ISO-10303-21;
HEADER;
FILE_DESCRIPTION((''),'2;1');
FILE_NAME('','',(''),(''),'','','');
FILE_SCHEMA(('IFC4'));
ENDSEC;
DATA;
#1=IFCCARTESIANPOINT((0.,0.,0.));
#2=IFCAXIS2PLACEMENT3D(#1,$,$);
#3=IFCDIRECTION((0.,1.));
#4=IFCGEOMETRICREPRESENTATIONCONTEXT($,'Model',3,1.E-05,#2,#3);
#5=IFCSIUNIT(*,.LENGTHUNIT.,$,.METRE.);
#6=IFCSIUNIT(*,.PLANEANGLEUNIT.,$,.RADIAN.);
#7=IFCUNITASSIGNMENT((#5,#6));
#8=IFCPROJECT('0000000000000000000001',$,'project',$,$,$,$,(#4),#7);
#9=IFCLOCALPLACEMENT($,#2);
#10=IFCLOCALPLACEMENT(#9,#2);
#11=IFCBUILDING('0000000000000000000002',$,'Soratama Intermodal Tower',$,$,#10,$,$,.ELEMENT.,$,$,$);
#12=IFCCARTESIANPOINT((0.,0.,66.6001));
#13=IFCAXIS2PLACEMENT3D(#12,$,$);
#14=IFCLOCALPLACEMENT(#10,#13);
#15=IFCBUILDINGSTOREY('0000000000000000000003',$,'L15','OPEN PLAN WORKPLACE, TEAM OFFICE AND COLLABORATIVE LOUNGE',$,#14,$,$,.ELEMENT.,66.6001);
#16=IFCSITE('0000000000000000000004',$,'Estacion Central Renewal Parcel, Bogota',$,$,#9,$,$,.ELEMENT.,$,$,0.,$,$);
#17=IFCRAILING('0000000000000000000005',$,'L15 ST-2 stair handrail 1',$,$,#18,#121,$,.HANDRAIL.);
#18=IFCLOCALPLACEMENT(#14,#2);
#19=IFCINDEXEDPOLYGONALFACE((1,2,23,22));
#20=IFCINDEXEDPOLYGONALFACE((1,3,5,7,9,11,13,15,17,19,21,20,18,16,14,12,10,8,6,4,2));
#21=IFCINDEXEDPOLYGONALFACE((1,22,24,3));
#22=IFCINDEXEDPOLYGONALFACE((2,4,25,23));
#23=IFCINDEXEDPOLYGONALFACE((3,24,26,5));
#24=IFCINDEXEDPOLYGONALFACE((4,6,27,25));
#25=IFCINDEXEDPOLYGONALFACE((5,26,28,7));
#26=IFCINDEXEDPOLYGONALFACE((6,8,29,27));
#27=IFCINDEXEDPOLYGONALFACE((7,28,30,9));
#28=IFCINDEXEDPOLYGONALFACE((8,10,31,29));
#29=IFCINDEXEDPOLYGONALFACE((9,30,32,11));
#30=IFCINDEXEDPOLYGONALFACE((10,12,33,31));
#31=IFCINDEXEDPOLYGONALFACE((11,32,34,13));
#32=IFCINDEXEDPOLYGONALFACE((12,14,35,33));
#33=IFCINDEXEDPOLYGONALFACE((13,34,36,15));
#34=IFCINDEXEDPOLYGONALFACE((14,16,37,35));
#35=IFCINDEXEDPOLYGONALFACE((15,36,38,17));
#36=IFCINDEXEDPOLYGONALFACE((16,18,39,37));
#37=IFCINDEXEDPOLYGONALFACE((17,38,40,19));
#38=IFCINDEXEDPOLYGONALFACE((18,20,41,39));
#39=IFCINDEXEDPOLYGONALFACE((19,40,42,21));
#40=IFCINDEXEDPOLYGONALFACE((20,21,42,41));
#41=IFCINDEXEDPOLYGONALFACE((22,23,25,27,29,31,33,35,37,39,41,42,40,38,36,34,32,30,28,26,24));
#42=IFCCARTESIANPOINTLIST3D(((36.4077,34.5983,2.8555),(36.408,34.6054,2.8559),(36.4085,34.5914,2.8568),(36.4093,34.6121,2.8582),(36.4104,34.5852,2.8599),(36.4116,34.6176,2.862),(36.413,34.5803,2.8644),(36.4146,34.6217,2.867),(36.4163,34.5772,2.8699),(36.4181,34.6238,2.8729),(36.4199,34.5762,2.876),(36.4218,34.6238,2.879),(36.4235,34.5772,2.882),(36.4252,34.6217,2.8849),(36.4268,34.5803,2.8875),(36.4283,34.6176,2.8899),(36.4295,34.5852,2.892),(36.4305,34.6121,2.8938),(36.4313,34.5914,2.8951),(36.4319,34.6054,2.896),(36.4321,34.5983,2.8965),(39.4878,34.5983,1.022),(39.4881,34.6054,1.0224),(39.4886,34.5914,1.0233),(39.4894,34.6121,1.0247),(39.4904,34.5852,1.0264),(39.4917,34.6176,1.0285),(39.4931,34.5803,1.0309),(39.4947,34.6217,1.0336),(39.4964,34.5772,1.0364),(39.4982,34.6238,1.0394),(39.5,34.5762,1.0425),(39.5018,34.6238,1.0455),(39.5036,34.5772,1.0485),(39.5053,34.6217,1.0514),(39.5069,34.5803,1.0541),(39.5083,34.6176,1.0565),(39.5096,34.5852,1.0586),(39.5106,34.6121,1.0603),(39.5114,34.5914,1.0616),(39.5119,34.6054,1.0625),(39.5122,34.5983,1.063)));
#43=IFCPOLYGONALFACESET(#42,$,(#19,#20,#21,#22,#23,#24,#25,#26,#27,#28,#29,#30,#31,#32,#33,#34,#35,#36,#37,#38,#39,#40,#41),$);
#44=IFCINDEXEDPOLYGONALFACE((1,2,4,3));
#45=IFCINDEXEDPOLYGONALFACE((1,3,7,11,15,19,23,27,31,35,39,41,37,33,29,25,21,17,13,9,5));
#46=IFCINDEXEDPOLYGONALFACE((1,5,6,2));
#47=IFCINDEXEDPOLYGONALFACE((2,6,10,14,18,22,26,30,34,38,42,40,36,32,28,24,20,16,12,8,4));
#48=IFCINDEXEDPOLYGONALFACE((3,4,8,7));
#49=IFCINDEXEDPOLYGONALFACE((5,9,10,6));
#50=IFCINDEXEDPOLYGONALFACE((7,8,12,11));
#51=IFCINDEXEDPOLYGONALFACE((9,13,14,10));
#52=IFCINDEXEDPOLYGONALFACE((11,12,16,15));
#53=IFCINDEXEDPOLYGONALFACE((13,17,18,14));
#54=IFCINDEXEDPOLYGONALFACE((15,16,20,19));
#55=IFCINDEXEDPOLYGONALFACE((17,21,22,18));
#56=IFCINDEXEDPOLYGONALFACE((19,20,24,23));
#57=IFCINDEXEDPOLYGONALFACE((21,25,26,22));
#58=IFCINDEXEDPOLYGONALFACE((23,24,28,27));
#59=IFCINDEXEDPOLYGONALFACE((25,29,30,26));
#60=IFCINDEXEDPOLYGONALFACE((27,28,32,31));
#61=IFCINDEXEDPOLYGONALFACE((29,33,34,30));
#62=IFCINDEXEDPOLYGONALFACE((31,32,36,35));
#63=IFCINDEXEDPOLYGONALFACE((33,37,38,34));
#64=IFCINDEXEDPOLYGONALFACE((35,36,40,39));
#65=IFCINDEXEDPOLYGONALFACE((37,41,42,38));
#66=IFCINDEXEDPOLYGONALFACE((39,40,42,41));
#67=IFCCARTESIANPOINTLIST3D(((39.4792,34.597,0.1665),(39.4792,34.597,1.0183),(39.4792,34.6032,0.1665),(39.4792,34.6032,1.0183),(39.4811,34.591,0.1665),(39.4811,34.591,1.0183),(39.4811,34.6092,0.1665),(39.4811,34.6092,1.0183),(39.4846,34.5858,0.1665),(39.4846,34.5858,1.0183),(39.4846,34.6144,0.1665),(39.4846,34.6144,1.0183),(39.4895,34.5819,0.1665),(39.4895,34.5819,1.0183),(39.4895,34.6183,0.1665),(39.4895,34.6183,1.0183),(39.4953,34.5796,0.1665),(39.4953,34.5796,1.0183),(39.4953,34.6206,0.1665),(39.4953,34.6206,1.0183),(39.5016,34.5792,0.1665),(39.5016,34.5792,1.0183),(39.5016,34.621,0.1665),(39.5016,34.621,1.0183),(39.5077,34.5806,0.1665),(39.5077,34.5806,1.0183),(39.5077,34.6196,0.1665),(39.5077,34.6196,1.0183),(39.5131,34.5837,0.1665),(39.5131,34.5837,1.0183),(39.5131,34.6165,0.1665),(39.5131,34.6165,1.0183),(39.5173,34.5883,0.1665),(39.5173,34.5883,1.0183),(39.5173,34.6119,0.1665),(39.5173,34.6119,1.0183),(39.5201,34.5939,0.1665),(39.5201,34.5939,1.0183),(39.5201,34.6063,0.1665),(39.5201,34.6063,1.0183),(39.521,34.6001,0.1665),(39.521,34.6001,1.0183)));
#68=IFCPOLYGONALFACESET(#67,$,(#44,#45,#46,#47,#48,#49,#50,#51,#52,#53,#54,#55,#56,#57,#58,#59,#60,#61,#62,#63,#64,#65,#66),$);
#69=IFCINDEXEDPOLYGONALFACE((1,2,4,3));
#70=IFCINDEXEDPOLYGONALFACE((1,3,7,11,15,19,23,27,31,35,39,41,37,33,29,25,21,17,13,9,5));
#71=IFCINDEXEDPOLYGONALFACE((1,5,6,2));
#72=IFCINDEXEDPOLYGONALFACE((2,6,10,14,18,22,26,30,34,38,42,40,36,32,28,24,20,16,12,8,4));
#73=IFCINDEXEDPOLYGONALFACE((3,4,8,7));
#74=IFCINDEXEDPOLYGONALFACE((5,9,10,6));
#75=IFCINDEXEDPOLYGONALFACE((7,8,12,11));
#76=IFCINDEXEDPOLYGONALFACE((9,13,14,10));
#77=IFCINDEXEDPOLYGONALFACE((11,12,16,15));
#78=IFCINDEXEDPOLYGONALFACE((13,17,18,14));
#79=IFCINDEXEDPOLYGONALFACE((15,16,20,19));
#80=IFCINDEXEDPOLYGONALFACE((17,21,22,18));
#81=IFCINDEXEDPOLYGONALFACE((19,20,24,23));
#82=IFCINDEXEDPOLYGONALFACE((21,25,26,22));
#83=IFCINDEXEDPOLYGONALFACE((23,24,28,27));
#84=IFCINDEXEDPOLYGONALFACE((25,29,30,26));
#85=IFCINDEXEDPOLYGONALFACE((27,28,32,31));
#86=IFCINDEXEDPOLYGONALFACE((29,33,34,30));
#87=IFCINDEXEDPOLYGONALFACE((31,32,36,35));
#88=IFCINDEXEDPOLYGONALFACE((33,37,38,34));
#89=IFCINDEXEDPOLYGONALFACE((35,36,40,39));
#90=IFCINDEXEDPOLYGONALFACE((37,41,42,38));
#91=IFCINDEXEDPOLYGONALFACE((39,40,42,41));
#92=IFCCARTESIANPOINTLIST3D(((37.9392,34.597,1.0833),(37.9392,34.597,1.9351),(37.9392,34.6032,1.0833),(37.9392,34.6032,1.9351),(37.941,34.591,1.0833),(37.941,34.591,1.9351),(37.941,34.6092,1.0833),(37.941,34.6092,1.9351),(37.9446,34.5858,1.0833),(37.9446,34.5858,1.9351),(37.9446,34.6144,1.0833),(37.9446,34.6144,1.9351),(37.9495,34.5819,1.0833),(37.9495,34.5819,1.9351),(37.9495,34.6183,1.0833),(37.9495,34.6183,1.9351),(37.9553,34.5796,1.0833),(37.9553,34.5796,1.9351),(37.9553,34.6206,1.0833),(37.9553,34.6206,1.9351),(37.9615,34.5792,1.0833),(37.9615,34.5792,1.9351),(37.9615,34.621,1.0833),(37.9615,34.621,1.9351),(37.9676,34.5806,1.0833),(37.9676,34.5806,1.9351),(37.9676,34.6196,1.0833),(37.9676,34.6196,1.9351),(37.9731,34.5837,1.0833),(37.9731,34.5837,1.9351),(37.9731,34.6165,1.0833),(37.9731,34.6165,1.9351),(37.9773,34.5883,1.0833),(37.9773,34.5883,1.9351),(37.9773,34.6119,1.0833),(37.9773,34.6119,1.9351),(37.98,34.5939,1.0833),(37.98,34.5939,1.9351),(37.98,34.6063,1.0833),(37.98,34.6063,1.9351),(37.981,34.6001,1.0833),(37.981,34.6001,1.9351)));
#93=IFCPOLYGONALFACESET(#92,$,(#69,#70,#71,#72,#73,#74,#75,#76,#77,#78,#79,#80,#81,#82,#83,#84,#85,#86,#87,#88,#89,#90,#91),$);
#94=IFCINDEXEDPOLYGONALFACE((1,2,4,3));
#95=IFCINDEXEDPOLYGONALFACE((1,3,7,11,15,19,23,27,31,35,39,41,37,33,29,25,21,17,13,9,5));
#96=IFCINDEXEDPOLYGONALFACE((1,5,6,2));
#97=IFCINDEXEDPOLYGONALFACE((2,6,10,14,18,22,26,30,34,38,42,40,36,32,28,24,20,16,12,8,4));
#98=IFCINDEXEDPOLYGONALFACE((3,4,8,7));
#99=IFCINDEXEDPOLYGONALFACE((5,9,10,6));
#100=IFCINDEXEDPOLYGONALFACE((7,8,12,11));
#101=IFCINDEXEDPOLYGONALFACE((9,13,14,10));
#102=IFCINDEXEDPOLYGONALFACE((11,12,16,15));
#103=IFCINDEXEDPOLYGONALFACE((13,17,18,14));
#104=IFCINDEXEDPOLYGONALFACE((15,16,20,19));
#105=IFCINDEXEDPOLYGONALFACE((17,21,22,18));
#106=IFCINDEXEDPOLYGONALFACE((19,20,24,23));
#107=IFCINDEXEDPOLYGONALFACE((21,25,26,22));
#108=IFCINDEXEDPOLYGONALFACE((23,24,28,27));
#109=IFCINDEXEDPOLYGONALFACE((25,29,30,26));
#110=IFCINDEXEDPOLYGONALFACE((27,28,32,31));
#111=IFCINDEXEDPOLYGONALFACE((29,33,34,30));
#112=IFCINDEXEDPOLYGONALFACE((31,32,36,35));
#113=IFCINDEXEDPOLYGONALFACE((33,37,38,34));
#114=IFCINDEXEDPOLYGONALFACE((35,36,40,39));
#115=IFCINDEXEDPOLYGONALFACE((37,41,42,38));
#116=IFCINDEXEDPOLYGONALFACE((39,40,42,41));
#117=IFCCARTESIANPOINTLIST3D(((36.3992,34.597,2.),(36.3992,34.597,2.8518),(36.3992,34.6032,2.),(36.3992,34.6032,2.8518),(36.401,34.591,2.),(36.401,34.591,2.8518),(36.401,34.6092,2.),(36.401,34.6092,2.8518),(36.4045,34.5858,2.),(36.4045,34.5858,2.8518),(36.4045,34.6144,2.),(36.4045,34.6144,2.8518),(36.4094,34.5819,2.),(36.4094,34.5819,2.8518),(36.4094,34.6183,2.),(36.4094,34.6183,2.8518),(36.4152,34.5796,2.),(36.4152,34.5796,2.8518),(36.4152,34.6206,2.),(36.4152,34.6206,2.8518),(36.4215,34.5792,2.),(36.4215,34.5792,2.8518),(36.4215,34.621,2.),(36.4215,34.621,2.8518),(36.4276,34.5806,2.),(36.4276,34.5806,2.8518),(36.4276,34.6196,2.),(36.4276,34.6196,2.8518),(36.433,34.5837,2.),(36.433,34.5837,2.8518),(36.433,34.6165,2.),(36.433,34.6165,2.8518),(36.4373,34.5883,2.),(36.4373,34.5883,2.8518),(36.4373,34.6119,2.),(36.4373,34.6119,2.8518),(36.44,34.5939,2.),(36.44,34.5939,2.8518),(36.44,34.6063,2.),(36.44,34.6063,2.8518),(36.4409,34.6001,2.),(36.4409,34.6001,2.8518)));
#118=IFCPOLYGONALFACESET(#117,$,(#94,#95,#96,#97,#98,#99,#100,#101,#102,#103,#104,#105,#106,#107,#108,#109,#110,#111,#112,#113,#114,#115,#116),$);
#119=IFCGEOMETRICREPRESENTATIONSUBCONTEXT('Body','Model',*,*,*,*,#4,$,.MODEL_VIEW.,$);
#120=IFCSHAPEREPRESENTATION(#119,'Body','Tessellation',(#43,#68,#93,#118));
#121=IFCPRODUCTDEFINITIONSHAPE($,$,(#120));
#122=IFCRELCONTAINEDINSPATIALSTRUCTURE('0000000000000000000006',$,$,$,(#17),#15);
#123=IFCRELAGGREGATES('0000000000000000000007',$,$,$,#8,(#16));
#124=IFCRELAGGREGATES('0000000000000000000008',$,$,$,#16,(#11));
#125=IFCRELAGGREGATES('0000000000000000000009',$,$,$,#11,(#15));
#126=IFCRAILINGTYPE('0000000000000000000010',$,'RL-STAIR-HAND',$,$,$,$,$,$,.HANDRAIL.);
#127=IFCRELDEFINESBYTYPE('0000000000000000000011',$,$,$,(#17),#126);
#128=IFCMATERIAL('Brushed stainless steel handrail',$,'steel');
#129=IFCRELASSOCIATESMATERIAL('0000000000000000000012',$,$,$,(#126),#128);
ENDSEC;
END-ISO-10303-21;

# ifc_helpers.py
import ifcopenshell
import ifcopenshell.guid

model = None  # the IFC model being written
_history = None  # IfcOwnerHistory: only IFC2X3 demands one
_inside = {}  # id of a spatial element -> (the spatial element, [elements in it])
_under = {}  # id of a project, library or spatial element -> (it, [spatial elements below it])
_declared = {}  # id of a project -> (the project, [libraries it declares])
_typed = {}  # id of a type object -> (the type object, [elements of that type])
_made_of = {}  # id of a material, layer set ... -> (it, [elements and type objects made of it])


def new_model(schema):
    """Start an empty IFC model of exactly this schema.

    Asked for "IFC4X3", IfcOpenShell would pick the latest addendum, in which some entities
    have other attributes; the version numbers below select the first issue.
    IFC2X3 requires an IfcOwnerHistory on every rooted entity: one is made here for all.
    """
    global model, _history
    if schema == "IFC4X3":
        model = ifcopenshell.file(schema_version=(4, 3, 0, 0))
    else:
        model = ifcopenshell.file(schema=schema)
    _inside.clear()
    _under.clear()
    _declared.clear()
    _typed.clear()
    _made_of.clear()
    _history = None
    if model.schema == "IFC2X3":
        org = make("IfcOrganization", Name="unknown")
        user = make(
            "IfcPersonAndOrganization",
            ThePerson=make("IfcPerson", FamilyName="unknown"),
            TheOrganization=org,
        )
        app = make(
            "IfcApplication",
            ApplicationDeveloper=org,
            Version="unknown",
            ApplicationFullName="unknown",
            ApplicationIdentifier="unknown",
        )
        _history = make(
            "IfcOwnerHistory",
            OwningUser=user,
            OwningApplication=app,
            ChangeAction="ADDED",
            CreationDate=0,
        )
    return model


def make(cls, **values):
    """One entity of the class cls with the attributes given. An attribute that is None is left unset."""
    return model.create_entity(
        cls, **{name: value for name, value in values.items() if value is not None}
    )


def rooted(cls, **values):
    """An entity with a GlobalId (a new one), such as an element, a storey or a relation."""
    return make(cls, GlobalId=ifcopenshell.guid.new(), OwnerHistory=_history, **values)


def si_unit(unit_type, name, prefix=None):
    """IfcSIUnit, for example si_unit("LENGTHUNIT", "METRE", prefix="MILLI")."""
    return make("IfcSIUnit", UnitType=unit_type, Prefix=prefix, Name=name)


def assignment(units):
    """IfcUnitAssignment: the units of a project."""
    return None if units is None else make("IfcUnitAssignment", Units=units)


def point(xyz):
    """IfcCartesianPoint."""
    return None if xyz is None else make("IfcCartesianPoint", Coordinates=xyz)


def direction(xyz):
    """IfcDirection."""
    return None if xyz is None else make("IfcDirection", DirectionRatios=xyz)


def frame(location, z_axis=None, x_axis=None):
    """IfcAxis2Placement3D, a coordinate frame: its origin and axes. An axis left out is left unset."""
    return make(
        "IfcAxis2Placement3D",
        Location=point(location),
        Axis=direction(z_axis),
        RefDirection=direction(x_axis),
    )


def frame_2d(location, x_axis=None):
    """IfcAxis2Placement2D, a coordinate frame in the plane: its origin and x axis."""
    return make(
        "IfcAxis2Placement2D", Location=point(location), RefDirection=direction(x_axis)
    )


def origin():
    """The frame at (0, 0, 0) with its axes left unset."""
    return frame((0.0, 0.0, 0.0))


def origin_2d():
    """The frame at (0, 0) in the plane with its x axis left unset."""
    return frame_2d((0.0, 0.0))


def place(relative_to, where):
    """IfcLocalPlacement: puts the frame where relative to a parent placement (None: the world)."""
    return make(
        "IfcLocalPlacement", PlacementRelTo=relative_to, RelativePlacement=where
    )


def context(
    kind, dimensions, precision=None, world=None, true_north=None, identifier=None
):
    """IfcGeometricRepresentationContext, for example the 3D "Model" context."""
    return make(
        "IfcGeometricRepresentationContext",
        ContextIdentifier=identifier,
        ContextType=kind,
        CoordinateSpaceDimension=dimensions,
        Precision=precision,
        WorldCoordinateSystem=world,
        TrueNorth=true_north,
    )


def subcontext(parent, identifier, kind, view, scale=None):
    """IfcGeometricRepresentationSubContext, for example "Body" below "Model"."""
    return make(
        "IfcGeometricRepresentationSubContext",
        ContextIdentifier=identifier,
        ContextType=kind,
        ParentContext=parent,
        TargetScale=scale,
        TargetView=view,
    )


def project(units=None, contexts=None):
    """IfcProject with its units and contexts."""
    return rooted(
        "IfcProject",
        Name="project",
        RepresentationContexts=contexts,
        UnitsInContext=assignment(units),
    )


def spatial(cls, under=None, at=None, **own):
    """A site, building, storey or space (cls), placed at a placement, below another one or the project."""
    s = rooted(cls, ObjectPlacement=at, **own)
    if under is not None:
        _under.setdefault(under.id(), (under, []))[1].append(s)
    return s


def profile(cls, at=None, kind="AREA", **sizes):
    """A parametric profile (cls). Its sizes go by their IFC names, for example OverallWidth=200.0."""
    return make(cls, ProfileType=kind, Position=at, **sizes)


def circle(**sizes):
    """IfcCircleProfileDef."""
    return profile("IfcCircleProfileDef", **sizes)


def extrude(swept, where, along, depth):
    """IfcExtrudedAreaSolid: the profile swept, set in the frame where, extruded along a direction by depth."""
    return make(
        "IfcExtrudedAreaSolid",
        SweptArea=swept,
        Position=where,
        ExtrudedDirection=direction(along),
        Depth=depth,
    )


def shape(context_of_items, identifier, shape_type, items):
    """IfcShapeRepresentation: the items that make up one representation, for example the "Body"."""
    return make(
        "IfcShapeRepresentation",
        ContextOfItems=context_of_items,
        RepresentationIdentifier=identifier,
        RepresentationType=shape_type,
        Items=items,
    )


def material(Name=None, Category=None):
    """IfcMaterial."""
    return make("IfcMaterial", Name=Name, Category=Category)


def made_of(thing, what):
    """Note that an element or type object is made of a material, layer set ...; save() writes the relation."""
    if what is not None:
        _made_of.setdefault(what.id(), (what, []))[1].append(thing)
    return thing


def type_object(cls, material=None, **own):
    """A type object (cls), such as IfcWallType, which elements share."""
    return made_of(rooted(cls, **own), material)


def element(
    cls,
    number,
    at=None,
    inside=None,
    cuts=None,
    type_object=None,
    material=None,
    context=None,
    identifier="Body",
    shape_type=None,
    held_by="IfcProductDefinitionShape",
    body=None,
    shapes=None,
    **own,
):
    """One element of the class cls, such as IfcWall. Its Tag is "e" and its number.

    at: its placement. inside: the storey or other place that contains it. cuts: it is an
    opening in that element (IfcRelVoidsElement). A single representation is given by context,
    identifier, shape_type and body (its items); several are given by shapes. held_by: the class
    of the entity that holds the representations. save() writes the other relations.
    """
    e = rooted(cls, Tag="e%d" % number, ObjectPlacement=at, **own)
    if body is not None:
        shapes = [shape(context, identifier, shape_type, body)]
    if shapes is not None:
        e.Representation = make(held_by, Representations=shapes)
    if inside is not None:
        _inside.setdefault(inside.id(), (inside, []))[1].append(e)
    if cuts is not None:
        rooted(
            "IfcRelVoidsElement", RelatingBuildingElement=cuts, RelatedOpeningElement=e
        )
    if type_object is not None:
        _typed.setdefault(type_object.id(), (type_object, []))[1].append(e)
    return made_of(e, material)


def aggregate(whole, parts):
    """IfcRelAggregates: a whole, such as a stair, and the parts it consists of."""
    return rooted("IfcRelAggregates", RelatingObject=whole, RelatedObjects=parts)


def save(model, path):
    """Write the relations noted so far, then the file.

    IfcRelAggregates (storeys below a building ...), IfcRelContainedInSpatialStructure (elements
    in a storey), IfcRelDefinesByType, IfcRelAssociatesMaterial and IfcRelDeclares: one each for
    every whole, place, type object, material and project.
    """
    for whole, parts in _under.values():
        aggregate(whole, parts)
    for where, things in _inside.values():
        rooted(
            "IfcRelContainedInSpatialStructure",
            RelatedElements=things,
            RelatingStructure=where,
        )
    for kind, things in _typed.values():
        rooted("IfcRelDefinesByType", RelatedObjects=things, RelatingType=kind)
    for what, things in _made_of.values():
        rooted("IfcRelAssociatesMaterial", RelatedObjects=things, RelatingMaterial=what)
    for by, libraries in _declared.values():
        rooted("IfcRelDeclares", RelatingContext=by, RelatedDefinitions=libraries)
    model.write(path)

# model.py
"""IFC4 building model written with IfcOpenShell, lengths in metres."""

from ifc_helpers import new_model, si_unit, direction, frame, origin, origin_2d, place, context, subcontext, project, spatial, circle, extrude, material, type_object, element, save


model = new_model("IFC4")

# Units and contexts
model_context = context("Model", 3, precision=1e-05, world=origin(), true_north=direction((0.0, 1.0)))
body_context = subcontext(model_context, "Body", "Model", "MODEL_VIEW")
ifc_project = project(units=[si_unit("LENGTHUNIT", "METRE"), si_unit("PLANEANGLEUNIT", "RADIAN")], contexts=[model_context])

# Site, building, storey
site_placement = place(None, origin())
site = spatial("IfcSite", under=ifc_project, at=site_placement, Name="Estacion Central Renewal Parcel, Bogota", CompositionType="ELEMENT", RefElevation=0.0)
building_placement = place(site_placement, origin())
building = spatial("IfcBuilding", under=site, at=building_placement, Name="Soratama Intermodal Tower", CompositionType="ELEMENT")
storey_placement = place(building_placement, frame((0.0, 0.0, 66.6001)))
storey = spatial("IfcBuildingStorey", under=building, at=storey_placement, Name="L15", Description="OPEN PLAN WORKPLACE, TEAM OFFICE AND COLLABORATIVE LOUNGE", CompositionType="ELEMENT", Elevation=66.6001)

# Railing
ifc_material_1 = material(Name="Brushed stainless steel handrail", Category="steel")
railing_type_1 = type_object("IfcRailingType", Name="RL-STAIR-HAND", PredefinedType="HANDRAIL", material=ifc_material_1)
railing_1_placement = place(storey_placement, frame((39.5, 34.6001, 0.1665)))
element("IfcRailing", 1, at=railing_1_placement, inside=storey, type_object=railing_type_1, Name="L15 ST-2 stair handrail 1", PredefinedType="HANDRAIL", context=body_context, shape_type="SweptSolid", body=[
    extrude(circle(Radius=0.0239, at=origin_2d()), frame((0.0, 0.0, 0.876), z_axis=(-0.859279, 0.0, 0.511508), x_axis=(0.0, -1.0, 0.0)), (0.0, 0.0, 1.0), 3.5845),
    extrude(circle(Radius=0.021, at=origin_2d()), origin(), (0.0, 0.0, 1.0), 0.8518),
    extrude(circle(Radius=0.021, at=origin_2d()), frame((-1.54, 0.0, 0.9167)), (0.0, 0.0, 1.0), 0.8518),
    extrude(circle(Radius=0.021, at=origin_2d()), frame((-3.0801, 0.0, 1.8335)), (0.0, 0.0, 1.0), 0.8518),
])

save(model, "model.ifc")
